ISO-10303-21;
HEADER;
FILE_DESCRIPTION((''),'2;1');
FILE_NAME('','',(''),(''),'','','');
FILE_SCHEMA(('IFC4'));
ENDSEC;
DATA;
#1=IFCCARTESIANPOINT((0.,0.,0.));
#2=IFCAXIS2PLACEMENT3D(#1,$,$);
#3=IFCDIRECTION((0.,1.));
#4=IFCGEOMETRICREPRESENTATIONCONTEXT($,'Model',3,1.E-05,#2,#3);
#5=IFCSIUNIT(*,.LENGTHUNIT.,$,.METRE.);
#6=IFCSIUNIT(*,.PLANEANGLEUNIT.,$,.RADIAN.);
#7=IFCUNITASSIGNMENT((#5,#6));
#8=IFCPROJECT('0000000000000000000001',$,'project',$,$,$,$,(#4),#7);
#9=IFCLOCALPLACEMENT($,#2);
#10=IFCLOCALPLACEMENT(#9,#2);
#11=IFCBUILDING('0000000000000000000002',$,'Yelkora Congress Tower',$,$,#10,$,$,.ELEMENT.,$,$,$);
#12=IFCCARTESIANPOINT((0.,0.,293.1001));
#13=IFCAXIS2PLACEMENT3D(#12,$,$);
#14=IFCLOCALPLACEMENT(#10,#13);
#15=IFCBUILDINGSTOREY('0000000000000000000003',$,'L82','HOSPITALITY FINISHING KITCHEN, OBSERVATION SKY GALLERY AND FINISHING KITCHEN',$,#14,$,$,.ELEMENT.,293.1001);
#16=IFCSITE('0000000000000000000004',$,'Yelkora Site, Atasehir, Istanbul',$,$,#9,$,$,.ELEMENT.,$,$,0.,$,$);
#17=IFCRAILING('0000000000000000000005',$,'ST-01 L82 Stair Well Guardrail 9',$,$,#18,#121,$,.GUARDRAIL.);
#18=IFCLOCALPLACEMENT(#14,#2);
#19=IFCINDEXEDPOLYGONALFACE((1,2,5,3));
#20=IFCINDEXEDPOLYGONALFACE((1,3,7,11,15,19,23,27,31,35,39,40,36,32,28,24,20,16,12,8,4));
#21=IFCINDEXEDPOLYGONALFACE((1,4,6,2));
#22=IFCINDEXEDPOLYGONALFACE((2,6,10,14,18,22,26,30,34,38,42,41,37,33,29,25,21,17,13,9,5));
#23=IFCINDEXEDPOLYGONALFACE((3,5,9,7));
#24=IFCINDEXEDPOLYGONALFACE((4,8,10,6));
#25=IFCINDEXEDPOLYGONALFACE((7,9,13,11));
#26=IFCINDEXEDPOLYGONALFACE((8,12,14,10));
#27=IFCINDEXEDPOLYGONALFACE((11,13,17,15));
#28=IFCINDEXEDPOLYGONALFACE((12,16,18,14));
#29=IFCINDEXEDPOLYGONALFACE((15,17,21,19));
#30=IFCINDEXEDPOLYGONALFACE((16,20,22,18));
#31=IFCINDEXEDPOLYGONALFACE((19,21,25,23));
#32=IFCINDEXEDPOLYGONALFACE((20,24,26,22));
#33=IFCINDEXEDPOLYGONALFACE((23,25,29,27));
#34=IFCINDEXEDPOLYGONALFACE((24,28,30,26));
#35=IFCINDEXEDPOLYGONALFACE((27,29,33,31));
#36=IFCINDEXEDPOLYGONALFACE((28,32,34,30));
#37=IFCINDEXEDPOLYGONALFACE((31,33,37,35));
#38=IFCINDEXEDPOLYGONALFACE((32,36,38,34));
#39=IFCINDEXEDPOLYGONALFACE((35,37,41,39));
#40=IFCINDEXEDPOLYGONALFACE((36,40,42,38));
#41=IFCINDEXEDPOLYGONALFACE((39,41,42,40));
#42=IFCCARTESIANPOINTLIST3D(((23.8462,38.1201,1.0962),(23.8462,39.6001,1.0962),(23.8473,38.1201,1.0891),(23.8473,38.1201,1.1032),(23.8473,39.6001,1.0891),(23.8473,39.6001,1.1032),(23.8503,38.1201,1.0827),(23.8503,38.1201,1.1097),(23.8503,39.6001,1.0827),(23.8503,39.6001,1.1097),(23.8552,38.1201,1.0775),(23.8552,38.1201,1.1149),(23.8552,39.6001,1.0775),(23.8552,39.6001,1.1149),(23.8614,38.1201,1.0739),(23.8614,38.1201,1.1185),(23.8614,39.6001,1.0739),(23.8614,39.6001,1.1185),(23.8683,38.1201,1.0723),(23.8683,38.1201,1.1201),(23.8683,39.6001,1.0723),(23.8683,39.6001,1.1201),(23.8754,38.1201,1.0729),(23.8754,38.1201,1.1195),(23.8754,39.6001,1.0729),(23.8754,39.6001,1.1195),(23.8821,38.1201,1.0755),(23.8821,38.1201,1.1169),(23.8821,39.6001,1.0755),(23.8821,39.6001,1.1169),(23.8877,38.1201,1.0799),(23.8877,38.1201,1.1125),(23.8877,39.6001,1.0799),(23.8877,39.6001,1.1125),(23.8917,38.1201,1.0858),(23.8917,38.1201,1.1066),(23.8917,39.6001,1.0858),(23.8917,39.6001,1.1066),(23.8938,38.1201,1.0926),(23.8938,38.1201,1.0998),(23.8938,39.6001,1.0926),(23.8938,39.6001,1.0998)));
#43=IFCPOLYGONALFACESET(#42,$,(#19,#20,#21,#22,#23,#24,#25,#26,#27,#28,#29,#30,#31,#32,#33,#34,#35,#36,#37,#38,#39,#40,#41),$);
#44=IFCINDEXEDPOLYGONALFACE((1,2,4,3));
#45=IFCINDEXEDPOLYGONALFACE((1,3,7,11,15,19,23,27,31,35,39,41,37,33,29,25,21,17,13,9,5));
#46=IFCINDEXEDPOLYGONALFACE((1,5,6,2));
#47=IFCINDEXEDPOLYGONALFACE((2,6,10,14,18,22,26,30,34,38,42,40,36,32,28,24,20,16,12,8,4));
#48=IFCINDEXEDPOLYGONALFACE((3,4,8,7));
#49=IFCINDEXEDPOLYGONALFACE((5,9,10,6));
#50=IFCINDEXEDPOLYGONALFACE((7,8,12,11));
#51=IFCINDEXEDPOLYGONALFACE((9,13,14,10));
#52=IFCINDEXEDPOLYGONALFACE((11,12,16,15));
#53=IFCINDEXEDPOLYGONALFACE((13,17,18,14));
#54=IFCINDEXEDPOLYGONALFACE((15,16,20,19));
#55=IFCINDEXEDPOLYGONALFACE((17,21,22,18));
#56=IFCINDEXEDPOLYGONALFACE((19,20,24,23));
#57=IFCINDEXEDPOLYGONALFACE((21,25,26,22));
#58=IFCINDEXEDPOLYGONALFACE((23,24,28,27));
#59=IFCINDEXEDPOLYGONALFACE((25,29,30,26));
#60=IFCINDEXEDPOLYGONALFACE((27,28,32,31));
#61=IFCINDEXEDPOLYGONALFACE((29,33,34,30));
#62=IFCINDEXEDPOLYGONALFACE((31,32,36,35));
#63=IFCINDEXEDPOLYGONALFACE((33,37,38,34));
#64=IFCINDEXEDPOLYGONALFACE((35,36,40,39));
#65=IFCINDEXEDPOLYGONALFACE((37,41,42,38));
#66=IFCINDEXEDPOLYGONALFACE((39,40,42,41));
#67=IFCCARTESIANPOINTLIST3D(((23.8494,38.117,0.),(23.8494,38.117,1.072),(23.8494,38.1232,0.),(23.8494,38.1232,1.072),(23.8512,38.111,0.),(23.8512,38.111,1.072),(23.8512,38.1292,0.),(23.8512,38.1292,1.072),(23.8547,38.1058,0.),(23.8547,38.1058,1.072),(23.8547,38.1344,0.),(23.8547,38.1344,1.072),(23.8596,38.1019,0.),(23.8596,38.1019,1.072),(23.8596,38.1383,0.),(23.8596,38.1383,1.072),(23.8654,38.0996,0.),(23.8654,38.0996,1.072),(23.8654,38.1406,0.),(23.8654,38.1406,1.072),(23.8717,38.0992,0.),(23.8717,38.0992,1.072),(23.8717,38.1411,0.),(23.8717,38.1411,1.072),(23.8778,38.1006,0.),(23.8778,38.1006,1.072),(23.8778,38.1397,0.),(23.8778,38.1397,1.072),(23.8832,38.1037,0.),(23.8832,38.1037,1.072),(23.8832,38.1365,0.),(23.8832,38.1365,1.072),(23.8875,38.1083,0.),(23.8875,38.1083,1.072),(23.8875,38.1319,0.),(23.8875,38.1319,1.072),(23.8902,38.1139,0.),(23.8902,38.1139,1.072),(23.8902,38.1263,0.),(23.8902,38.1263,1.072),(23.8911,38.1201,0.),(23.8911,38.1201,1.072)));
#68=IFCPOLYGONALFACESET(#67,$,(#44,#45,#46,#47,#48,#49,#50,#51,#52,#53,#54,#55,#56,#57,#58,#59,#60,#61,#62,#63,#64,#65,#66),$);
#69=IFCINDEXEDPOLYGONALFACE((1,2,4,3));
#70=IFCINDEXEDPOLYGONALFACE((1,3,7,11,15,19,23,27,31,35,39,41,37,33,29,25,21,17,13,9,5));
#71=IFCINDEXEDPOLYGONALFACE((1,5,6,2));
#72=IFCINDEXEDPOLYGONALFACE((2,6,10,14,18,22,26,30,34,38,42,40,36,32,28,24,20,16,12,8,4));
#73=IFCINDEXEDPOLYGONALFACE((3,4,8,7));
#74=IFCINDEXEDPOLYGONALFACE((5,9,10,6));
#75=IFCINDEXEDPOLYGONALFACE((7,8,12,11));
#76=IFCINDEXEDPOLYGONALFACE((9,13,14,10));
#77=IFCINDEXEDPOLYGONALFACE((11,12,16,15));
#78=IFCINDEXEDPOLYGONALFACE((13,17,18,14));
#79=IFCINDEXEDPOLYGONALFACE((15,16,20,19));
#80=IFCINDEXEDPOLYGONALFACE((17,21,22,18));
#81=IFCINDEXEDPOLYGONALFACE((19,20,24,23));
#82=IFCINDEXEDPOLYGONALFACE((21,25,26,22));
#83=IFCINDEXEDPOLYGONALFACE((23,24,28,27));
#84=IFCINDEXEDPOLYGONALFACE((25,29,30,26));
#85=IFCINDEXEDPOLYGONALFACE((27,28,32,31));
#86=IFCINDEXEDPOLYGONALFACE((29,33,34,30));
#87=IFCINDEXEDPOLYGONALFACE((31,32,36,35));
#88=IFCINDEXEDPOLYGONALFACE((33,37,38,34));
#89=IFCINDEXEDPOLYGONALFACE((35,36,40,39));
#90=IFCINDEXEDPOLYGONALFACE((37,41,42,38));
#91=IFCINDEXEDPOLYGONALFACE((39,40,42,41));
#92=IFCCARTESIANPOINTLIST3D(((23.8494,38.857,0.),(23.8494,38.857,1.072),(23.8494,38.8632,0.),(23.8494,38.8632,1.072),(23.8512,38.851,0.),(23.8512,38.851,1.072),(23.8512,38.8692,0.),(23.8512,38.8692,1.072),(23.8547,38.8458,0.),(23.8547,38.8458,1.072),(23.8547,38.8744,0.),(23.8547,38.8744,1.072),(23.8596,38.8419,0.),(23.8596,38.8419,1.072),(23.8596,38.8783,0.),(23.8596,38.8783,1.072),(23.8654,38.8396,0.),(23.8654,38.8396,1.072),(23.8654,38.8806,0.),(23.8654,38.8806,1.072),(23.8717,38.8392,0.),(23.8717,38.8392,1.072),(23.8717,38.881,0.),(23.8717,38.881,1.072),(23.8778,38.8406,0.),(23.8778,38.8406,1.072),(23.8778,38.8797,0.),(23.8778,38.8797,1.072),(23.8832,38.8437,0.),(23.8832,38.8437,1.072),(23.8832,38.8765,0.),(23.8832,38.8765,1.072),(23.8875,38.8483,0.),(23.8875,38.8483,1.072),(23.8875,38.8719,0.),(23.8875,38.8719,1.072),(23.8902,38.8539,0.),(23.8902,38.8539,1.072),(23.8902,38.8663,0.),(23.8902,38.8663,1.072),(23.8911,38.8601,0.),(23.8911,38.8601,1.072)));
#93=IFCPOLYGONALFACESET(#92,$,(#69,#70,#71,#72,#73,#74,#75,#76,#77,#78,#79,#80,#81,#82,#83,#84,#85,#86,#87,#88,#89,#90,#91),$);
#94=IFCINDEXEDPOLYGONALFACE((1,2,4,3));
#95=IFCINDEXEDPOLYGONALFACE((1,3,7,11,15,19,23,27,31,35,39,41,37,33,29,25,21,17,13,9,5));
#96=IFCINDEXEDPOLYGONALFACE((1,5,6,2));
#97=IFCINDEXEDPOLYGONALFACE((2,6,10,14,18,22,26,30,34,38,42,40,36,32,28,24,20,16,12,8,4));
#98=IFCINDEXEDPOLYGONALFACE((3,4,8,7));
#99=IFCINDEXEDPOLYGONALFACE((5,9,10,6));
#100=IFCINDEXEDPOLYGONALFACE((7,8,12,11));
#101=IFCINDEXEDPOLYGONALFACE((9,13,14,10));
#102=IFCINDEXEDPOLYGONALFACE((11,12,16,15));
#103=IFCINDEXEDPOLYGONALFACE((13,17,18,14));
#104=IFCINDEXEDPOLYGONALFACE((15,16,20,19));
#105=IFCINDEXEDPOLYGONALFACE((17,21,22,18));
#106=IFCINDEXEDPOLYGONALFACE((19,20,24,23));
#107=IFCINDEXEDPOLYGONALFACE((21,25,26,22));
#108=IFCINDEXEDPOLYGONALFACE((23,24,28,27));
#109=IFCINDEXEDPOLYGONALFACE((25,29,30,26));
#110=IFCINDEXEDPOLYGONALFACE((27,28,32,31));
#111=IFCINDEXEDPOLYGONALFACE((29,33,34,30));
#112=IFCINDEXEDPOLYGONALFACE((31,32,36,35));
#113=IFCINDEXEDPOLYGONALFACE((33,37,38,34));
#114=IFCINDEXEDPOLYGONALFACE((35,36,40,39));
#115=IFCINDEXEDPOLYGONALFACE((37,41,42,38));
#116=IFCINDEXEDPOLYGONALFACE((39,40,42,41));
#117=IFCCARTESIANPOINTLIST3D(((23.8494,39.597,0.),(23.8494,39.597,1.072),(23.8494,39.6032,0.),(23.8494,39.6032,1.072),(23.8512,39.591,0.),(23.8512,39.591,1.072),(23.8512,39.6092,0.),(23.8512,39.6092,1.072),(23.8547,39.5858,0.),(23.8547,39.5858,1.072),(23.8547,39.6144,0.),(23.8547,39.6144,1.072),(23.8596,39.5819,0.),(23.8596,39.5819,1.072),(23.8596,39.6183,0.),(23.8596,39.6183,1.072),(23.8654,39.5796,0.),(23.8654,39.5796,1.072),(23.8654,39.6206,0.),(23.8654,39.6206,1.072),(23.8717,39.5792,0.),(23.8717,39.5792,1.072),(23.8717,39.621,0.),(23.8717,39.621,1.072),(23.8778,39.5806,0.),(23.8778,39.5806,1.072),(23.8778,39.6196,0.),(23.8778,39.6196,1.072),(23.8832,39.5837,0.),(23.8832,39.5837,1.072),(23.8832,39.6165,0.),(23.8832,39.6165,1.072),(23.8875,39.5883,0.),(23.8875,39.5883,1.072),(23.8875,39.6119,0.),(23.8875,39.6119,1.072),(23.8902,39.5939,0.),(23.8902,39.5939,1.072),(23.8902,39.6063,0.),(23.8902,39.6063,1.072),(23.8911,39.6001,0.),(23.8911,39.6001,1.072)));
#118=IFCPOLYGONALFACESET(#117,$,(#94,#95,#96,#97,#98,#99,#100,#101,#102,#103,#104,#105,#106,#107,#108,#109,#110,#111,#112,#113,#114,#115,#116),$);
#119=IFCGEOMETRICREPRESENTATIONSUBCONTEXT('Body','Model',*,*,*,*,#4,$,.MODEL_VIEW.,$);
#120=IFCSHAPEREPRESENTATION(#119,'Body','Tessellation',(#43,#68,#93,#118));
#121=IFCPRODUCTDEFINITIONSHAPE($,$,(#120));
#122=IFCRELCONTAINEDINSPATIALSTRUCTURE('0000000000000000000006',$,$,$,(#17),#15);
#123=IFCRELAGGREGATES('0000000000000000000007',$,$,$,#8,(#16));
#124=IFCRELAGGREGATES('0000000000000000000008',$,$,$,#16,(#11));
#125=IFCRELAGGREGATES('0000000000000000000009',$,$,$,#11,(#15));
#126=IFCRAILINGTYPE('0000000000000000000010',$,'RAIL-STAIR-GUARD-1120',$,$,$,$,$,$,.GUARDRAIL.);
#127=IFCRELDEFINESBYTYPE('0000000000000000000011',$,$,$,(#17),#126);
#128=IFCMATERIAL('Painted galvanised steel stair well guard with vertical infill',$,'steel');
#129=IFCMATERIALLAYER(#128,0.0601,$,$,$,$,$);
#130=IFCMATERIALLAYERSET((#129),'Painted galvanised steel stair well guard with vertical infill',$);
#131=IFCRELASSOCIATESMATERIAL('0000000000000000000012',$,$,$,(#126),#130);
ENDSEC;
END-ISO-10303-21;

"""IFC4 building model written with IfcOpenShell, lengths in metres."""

from ifc_helpers import new_model, si_unit, direction, frame, origin, origin_2d, place, context, subcontext, project, spatial, circle, extrude, material, layer, layer_set, type_object, element, save


model = new_model("IFC4")

# Units and contexts
model_context = context("Model", 3, precision=1e-05, world=origin(), true_north=direction((0.0, 1.0)))
body_context = subcontext(model_context, "Body", "Model", "MODEL_VIEW")
ifc_project = project(units=[si_unit("LENGTHUNIT", "METRE"), si_unit("PLANEANGLEUNIT", "RADIAN")], contexts=[model_context])

# Site, building, storey
site_placement = place(None, origin())
site = spatial("IfcSite", under=ifc_project, at=site_placement, Name="Yelkora Site, Atasehir, Istanbul", CompositionType="ELEMENT", RefElevation=0.0)
building_placement = place(site_placement, origin())
building = spatial("IfcBuilding", under=site, at=building_placement, Name="Yelkora Congress Tower", CompositionType="ELEMENT")
storey_placement = place(building_placement, frame((0.0, 0.0, 293.1001)))
storey = spatial("IfcBuildingStorey", under=building, at=storey_placement, Name="L82", Description="HOSPITALITY FINISHING KITCHEN, OBSERVATION SKY GALLERY AND FINISHING KITCHEN", CompositionType="ELEMENT", Elevation=293.1001)

# Railing
ifc_material_1 = material(Name="Painted galvanised steel stair well guard with vertical infill", Category="steel")
ifc_layer_1 = layer(ifc_material_1, 0.0601)
ifc_layer_set_1 = layer_set([ifc_layer_1], Name="Painted galvanised steel stair well guard with vertical infill")
railing_type_1 = type_object("IfcRailingType", Name="RAIL-STAIR-GUARD-1120", PredefinedType="GUARDRAIL", material=ifc_layer_set_1)
for number, where, name in (
    (1, (23.8701, 38.1201, 0.0), "ST-01 L82 Stair Well Guardrail 9"),
):
    element("IfcRailing", number, at=place(storey_placement, frame(where)), inside=storey, type_object=railing_type_1, Name=name, PredefinedType="GUARDRAIL", context=body_context, shape_type="SweptSolid", body=[
        extrude(circle(Radius=0.0239, at=origin_2d()), frame((0.0, 0.0, 1.0962), z_axis=(0.0, 1.0, 0.0), x_axis=(-1.0, 0.0, 0.0)), (0.0, 0.0, 1.0), 1.48),
        extrude(circle(Radius=0.021, at=origin_2d()), origin(), (0.0, 0.0, 1.0), 1.072),
        extrude(circle(Radius=0.021, at=origin_2d()), frame((0.0, 0.74, 0.0)), (0.0, 0.0, 1.0), 1.072),
        extrude(circle(Radius=0.021, at=origin_2d()), frame((0.0, 1.48, 0.0)), (0.0, 0.0, 1.0), 1.072),
    ])

save(model, "model.ifc")
